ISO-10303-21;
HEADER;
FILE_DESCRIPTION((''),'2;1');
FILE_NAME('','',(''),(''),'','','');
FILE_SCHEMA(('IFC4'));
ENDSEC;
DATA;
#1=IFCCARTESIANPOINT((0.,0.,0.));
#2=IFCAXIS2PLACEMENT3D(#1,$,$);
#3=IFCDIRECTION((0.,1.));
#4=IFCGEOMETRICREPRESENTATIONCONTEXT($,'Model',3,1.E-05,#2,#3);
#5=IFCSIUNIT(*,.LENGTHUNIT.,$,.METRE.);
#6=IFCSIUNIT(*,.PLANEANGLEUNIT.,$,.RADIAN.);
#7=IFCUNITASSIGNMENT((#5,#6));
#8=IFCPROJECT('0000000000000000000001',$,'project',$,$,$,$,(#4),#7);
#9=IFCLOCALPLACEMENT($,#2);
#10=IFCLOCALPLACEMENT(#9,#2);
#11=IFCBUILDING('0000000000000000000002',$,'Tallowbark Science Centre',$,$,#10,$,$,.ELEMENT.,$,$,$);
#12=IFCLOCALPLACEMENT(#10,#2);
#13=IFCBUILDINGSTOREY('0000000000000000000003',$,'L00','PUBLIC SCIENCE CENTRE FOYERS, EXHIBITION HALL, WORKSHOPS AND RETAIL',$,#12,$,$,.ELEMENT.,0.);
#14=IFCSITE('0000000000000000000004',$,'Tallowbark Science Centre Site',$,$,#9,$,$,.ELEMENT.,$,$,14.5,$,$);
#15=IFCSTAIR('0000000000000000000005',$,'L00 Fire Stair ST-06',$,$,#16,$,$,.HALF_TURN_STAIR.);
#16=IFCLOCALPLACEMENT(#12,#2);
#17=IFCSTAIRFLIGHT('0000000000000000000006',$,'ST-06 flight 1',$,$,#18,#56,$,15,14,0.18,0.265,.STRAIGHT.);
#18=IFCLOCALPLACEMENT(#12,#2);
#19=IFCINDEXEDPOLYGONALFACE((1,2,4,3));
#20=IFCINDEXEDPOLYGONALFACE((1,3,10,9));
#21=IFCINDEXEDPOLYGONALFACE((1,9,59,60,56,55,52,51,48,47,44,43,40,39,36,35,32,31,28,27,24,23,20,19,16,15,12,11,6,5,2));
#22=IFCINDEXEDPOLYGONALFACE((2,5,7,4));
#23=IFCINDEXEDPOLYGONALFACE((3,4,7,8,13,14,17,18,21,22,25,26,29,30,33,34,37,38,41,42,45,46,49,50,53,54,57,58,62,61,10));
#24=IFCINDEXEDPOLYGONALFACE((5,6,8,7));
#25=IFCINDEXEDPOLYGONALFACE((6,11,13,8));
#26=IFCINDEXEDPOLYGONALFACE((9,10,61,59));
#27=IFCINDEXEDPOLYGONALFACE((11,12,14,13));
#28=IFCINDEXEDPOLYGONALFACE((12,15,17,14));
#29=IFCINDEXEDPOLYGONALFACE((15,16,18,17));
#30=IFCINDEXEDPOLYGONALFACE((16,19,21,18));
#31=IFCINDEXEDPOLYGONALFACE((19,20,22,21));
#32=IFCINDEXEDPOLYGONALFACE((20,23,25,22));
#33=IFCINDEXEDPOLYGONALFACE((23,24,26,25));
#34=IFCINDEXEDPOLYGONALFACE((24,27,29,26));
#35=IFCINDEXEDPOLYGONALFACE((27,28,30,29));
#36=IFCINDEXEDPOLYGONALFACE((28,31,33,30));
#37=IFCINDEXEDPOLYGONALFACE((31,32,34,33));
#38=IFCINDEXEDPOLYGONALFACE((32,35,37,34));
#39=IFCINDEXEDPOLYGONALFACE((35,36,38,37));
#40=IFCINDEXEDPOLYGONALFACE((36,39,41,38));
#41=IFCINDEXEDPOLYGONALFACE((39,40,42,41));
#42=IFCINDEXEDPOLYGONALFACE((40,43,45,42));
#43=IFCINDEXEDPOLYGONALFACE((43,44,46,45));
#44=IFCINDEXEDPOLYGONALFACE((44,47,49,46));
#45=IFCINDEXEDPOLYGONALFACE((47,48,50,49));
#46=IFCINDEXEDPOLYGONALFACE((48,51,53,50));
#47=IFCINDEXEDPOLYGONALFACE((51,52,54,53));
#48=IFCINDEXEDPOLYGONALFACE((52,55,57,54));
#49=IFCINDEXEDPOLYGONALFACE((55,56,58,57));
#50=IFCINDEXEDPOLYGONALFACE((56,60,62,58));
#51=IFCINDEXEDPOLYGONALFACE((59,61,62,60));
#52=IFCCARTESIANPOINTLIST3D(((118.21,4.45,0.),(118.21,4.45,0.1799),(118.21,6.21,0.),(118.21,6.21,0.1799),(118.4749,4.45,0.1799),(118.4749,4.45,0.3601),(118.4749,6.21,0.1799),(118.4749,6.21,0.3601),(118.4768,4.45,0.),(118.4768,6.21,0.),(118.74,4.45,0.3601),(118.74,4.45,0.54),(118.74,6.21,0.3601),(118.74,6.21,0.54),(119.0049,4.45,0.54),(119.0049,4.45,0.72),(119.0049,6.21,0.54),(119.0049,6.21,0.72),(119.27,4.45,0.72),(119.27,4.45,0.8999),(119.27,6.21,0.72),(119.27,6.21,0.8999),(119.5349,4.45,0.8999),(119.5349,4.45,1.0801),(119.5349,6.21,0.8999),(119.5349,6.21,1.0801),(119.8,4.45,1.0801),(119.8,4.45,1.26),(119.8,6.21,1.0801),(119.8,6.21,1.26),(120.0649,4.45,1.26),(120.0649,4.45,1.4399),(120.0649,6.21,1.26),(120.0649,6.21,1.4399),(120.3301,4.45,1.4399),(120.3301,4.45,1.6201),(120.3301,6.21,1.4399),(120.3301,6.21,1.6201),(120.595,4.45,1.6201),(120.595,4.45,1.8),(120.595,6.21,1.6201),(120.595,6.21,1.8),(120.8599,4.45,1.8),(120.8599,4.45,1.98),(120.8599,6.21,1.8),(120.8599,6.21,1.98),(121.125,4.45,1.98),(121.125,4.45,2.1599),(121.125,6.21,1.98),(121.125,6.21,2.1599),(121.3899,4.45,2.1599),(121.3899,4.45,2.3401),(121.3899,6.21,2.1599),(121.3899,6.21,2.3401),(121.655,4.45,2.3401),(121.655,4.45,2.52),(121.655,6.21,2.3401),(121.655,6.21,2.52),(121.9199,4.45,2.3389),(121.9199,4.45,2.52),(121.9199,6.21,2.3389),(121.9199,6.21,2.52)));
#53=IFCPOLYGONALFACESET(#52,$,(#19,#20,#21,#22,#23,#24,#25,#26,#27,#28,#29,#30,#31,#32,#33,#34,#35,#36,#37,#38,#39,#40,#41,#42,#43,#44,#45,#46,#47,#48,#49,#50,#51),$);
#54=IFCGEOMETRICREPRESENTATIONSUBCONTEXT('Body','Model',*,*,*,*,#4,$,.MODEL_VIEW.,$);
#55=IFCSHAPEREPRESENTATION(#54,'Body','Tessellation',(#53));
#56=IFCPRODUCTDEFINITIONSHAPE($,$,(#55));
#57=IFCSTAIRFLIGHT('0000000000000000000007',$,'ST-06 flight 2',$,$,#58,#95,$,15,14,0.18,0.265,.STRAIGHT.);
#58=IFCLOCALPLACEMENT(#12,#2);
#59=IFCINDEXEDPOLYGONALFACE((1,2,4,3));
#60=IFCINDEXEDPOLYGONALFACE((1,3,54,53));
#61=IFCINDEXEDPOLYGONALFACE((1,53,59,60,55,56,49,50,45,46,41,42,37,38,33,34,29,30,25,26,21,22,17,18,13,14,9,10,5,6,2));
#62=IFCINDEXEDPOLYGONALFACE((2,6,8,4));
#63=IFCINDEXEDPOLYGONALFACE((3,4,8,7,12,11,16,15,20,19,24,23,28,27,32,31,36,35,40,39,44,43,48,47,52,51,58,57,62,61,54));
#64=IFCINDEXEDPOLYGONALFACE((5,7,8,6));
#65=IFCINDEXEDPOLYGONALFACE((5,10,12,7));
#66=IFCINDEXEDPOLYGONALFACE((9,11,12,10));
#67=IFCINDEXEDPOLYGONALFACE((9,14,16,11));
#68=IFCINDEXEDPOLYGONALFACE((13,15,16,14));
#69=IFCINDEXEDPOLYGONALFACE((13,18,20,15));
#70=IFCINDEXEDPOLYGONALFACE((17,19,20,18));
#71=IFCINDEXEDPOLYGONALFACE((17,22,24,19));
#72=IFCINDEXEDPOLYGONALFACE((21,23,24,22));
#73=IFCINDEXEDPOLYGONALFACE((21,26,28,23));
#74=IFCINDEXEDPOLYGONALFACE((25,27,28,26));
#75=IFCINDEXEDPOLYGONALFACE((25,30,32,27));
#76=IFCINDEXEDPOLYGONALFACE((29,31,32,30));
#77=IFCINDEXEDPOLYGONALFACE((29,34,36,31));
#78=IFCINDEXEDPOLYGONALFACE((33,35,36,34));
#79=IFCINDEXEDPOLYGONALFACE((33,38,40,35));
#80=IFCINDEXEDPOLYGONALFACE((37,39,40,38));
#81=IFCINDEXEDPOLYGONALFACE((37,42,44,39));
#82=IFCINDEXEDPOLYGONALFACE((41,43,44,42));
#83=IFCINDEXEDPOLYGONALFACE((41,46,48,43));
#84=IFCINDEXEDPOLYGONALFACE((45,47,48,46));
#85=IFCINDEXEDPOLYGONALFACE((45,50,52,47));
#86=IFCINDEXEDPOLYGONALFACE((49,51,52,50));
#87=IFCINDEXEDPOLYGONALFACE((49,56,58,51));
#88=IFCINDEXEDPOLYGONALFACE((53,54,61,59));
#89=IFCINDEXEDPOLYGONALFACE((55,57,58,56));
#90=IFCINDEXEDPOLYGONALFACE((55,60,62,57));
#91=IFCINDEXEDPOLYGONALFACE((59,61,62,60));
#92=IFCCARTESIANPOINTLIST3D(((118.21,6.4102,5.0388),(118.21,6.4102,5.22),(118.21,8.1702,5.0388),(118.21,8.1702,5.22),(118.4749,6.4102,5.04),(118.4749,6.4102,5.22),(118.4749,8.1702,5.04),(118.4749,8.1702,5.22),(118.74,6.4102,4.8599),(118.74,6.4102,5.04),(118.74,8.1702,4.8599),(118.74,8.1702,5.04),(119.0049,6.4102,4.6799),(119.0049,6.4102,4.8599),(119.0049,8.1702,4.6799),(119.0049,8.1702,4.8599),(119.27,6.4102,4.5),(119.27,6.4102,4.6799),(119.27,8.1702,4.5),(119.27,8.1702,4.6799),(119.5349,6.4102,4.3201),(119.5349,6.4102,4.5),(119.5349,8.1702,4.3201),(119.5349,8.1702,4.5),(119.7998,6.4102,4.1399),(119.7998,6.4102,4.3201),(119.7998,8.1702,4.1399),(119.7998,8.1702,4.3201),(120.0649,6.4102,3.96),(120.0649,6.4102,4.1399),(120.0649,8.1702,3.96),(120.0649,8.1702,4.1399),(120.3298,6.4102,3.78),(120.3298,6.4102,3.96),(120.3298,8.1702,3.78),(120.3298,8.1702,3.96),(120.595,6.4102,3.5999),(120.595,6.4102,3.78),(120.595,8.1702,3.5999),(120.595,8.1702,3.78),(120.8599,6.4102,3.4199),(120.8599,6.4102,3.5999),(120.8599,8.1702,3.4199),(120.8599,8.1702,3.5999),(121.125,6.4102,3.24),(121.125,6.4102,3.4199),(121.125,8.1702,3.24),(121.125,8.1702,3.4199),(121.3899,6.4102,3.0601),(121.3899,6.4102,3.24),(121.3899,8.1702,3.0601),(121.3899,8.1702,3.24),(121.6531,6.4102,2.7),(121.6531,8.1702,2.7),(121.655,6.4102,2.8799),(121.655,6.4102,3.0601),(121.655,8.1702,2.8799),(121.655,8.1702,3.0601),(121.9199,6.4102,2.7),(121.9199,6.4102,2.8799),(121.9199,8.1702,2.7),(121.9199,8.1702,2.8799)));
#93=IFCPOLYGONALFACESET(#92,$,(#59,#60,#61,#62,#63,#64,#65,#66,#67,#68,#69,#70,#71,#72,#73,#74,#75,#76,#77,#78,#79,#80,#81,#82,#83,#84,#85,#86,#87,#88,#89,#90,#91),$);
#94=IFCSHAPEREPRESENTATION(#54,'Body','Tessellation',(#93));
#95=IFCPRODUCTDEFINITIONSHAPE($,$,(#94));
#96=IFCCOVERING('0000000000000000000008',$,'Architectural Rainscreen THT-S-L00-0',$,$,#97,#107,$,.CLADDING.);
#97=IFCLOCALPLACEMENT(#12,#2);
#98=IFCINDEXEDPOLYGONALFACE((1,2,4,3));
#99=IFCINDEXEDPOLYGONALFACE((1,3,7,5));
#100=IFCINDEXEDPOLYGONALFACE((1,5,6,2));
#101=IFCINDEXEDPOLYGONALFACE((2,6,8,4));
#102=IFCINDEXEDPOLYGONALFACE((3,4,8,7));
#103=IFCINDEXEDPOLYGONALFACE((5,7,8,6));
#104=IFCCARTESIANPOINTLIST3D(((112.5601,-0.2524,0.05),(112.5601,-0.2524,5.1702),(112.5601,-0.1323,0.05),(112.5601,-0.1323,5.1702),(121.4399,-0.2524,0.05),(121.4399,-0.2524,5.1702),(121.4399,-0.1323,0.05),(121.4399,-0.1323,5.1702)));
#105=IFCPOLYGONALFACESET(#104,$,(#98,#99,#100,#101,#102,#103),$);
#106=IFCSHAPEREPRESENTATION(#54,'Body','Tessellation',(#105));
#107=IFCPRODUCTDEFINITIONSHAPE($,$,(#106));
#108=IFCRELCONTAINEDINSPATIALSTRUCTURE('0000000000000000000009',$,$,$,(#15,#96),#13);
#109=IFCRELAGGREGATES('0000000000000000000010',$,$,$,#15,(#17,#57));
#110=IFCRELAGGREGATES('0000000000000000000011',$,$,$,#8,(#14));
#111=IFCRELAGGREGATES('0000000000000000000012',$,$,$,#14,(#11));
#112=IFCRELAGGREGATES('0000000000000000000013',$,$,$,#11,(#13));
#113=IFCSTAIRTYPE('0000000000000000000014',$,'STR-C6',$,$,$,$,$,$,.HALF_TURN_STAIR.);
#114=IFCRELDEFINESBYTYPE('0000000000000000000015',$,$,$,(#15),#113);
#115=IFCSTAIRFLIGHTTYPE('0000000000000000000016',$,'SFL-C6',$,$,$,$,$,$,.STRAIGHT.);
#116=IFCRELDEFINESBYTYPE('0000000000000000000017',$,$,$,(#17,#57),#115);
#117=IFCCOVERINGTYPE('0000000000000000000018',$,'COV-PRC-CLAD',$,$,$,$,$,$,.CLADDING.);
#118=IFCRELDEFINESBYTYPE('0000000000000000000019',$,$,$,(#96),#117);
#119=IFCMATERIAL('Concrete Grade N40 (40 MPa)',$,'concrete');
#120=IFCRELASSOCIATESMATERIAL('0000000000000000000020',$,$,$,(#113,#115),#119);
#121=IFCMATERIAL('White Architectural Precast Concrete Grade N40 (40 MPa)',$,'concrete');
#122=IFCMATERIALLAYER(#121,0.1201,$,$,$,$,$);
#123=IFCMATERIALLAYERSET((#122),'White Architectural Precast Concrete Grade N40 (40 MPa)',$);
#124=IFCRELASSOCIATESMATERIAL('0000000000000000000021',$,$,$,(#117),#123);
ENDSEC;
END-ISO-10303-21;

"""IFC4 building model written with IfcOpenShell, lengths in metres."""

from ifc_helpers import new_model, si_unit, direction, frame, origin, origin_2d, place, context, subcontext, project, spatial, polyline, rectangle, outline, extrude, material, layer, layer_set, type_object, element, aggregate, save


model = new_model("IFC4")

# Units and contexts
model_context = context("Model", 3, precision=1e-05, world=origin(), true_north=direction((0.0, 1.0)))
body_context = subcontext(model_context, "Body", "Model", "MODEL_VIEW")
ifc_project = project(units=[si_unit("LENGTHUNIT", "METRE"), si_unit("PLANEANGLEUNIT", "RADIAN")], contexts=[model_context])

# Site, building, storey
site_placement = place(None, origin())
site = spatial("IfcSite", under=ifc_project, at=site_placement, Name="Tallowbark Science Centre Site", CompositionType="ELEMENT", RefElevation=14.5)
building_placement = place(site_placement, origin())
building = spatial("IfcBuilding", under=site, at=building_placement, Name="Tallowbark Science Centre", CompositionType="ELEMENT")
storey_placement = place(building_placement, origin())
storey = spatial("IfcBuildingStorey", under=building, at=storey_placement, Name="L00", Description="PUBLIC SCIENCE CENTRE FOYERS, EXHIBITION HALL, WORKSHOPS AND RETAIL", CompositionType="ELEMENT", Elevation=0.0)

# Shared definitions
ifc_material_1 = material(Name="Concrete Grade N40 (40 MPa)", Category="concrete")

# Stair, stair flights
stair_type = type_object("IfcStairType", Name="STR-C6", PredefinedType="HALF_TURN_STAIR", material=ifc_material_1)
stair_placement = place(storey_placement, origin())
stair = element("IfcStair", 1, at=stair_placement, inside=storey, type_object=stair_type, Name="L00 Fire Stair ST-06", PredefinedType="HALF_TURN_STAIR")
stair_flight_type = type_object("IfcStairFlightType", Name="SFL-C6", PredefinedType="STRAIGHT", material=ifc_material_1)
stair_flight_1_placement = place(storey_placement, frame((118.21, 5.3301, 0.0), z_axis=(0.0, 0.0, 1.0), x_axis=(1.0, 0.0, 0.0)))
stair_flight_1 = element("IfcStairFlight", 2, at=stair_flight_1_placement, type_object=stair_flight_type, Name="ST-06 flight 1", NumberOfRisers=15, NumberOfTreads=14, PredefinedType="STRAIGHT", RiserHeight=0.18, TreadLength=0.265, context=body_context, shape_type="SweptSolid", body=[
    extrude(outline(polyline([(0.0, 0.0), (0.0, 0.1799), (0.2649, 0.1799), (0.2649, 0.3601), (0.53, 0.3601), (0.53, 0.54), (0.7949, 0.54), (0.7949, 0.72), (1.0601, 0.72), (1.0601, 0.8999), (1.325, 0.8999), (1.325, 1.0801), (1.5901, 1.0801), (1.5901, 1.26), (1.855, 1.26), (1.855, 1.4399), (2.1201, 1.4399), (2.1201, 1.6201), (2.385, 1.6201), (2.385, 1.8), (2.6499, 1.8), (2.6499, 1.98), (2.915, 1.98), (2.915, 2.1599), (3.1799, 2.1599), (3.1799, 2.3401), (3.4451, 2.3401), (3.4451, 2.52), (3.71, 2.52), (3.71, 2.7), (3.71, 2.3389), (0.2668, 0.0), (0.0, 0.0)])), frame((0.0, 0.8799, 0.0), z_axis=(0.0, -1.0, 0.0), x_axis=(1.0, 0.0, 0.0)), (0.0, 0.0, 1.0), 1.76),
])
stair_flight_2_placement = place(storey_placement, frame((121.9199, 7.29, 2.7), z_axis=(0.0, 0.0, 1.0), x_axis=(-1.0, 0.0, 0.0)))
stair_flight_2 = element("IfcStairFlight", 3, at=stair_flight_2_placement, type_object=stair_flight_type, Name="ST-06 flight 2", NumberOfRisers=15, NumberOfTreads=14, PredefinedType="STRAIGHT", RiserHeight=0.18, TreadLength=0.265, context=body_context, shape_type="SweptSolid", body=[
    extrude(outline(polyline([(0.0, 0.0), (0.0, 0.1799), (0.2649, 0.1799), (0.2649, 0.3601), (0.53, 0.3601), (0.53, 0.54), (0.7949, 0.54), (0.7949, 0.72), (1.0601, 0.72), (1.0601, 0.8999), (1.325, 0.8999), (1.325, 1.0801), (1.5901, 1.0801), (1.5901, 1.26), (1.855, 1.26), (1.855, 1.4399), (2.1201, 1.4399), (2.1201, 1.6201), (2.385, 1.6201), (2.385, 1.8), (2.6499, 1.8), (2.6499, 1.98), (2.915, 1.98), (2.915, 2.1599), (3.1799, 2.1599), (3.1799, 2.3401), (3.4451, 2.3401), (3.4451, 2.52), (3.71, 2.52), (3.71, 2.7), (3.71, 2.3389), (0.2668, 0.0), (0.0, 0.0)])), frame((0.0, 0.8799, 0.0), z_axis=(0.0, -1.0, 0.0), x_axis=(1.0, 0.0, 0.0)), (0.0, 0.0, 1.0), 1.76),
])
aggregate(stair, [stair_flight_1, stair_flight_2])

# Covering
ifc_material_2 = material(Name="White Architectural Precast Concrete Grade N40 (40 MPa)", Category="concrete")
ifc_layer_1 = layer(ifc_material_2, 0.1201)
ifc_layer_set_1 = layer_set([ifc_layer_1], Name="White Architectural Precast Concrete Grade N40 (40 MPa)")
covering_type = type_object("IfcCoveringType", Name="COV-PRC-CLAD", PredefinedType="CLADDING", material=ifc_layer_set_1)
covering_placement = place(storey_placement, frame((117.0, -0.1924, 0.05), z_axis=(0.0, 0.0, 1.0), x_axis=(1.0, 0.0, 0.0)))
element("IfcCovering", 4, at=covering_placement, inside=storey, type_object=covering_type, Name="Architectural Rainscreen THT-S-L00-0", PredefinedType="CLADDING", context=body_context, shape_type="SweptSolid", body=[
    extrude(rectangle(XDim=8.8799, YDim=0.1201, at=origin_2d()), origin(), (0.0, 0.0, 1.0), 5.1201),
])

save(model, "model.ifc")
